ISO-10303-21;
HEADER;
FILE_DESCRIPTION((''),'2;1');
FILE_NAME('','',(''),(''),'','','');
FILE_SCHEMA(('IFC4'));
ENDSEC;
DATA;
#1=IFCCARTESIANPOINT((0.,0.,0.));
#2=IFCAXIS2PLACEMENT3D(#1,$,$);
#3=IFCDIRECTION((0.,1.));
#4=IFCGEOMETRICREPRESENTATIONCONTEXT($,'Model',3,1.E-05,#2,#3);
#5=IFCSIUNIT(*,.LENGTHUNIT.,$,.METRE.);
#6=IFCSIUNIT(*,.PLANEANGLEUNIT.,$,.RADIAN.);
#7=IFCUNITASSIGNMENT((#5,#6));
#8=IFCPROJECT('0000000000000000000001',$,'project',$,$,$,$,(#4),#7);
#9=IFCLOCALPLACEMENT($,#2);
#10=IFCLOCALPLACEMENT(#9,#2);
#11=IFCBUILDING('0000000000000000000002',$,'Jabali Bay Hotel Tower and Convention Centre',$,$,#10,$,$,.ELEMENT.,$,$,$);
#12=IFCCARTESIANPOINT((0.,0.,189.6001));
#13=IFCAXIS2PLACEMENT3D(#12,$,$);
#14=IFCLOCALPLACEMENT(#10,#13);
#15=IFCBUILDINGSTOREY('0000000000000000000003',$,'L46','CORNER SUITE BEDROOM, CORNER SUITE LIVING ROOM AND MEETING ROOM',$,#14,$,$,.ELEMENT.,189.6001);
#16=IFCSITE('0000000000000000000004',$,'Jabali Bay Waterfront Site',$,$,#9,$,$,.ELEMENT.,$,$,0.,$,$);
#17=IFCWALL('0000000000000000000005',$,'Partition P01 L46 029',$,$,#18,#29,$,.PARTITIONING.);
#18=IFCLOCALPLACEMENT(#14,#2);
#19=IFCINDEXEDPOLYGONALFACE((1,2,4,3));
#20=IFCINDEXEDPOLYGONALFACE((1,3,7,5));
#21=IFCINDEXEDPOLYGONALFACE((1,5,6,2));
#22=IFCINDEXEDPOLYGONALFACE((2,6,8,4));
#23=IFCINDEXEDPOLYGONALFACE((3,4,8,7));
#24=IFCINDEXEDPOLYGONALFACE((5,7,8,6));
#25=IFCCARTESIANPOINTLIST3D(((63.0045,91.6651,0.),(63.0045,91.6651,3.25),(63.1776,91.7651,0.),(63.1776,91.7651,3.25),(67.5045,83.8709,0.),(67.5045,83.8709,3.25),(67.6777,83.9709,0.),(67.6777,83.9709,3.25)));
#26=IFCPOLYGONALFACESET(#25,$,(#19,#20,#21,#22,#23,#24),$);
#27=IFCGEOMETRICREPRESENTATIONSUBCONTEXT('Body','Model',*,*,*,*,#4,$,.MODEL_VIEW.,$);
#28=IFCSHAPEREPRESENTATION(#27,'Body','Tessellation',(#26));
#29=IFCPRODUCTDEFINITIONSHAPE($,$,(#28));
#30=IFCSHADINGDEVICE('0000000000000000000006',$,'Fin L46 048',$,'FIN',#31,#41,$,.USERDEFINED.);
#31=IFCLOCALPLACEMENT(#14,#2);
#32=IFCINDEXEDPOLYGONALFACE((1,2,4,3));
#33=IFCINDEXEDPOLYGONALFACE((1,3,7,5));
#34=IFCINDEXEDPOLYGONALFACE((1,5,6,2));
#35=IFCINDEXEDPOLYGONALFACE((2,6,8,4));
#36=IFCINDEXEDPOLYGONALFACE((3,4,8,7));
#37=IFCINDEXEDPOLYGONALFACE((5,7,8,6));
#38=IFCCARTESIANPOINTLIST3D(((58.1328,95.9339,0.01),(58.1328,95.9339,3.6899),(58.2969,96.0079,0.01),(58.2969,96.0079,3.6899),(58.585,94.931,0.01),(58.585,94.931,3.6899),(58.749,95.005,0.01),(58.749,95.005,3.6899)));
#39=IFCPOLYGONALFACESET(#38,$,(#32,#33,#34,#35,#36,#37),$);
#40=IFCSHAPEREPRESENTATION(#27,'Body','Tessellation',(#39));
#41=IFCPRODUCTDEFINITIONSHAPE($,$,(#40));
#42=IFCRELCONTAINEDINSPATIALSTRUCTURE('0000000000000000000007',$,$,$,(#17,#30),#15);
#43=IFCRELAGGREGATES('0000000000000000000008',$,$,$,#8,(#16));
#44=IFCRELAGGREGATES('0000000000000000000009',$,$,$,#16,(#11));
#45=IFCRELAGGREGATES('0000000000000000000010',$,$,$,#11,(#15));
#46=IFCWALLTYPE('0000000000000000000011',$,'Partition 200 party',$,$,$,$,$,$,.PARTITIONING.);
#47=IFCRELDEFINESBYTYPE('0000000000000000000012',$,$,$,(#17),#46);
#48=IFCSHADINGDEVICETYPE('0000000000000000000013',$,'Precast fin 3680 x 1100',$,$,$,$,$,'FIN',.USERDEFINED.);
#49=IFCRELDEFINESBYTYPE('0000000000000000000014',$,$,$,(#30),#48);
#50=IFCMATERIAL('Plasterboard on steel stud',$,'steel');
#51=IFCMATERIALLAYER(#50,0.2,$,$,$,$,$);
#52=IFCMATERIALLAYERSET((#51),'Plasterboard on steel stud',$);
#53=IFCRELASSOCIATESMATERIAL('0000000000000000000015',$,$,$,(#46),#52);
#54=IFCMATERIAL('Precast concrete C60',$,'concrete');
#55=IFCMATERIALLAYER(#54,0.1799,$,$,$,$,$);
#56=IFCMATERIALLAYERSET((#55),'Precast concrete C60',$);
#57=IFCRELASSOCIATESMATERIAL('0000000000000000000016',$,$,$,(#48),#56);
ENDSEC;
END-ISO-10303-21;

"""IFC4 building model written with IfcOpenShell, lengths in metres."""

from ifc_helpers import new_model, si_unit, direction, frame, frame_2d, origin, place, context, subcontext, project, spatial, rectangle, extrude, material, layer, layer_set, type_object, element, save


model = new_model("IFC4")

# Units and contexts
model_context = context("Model", 3, precision=1e-05, world=origin(), true_north=direction((0.0, 1.0)))
body_context = subcontext(model_context, "Body", "Model", "MODEL_VIEW")
ifc_project = project(units=[si_unit("LENGTHUNIT", "METRE"), si_unit("PLANEANGLEUNIT", "RADIAN")], contexts=[model_context])

# Site, building, storey
site_placement = place(None, origin())
site = spatial("IfcSite", under=ifc_project, at=site_placement, Name="Jabali Bay Waterfront Site", CompositionType="ELEMENT", RefElevation=0.0)
building_placement = place(site_placement, origin())
building = spatial("IfcBuilding", under=site, at=building_placement, Name="Jabali Bay Hotel Tower and Convention Centre", CompositionType="ELEMENT")
storey_placement = place(building_placement, frame((0.0, 0.0, 189.6001)))
storey = spatial("IfcBuildingStorey", under=building, at=storey_placement, Name="L46", Description="CORNER SUITE BEDROOM, CORNER SUITE LIVING ROOM AND MEETING ROOM", CompositionType="ELEMENT", Elevation=189.6001)

# Shared definitions
ifc_material_1 = material(Name="Plasterboard on steel stud", Category="steel")

# Wall
ifc_layer_1 = layer(ifc_material_1, 0.2)
ifc_layer_set_1 = layer_set([ifc_layer_1], Name="Plasterboard on steel stud")
wall_type_1 = type_object("IfcWallType", Name="Partition 200 party", PredefinedType="PARTITIONING", material=ifc_layer_set_1)
wall_1_placement = place(storey_placement, frame((63.0911, 91.7151, 0.0), z_axis=(0.0, 0.0, 1.0), x_axis=(0.500002, -0.866024, 0.0)))
element("IfcWall", 1, at=wall_1_placement, inside=storey, type_object=wall_type_1, Name="Partition P01 L46 029", PredefinedType="PARTITIONING", context=body_context, shape_type="SweptSolid", body=[
    extrude(rectangle(XDim=9.0, YDim=0.2, at=frame_2d((4.5, 0.0))), origin(), (0.0, 0.0, 1.0), 3.25),
])

# Shading device
ifc_material_2 = material(Name="Precast concrete C60", Category="concrete")
ifc_layer_2 = layer(ifc_material_2, 0.1799)
ifc_layer_set_2 = layer_set([ifc_layer_2], Name="Precast concrete C60")
shading_device_type = type_object("IfcShadingDeviceType", Name="Precast fin 3680 x 1100", ElementType="FIN", PredefinedType="USERDEFINED", material=ifc_layer_set_2)
shading_device_placement = place(storey_placement, frame((58.667, 94.968, 0.01), z_axis=(0.0, 0.0, 1.0), x_axis=(-0.410992, 0.911639, 0.0)))
element("IfcShadingDevice", 2, at=shading_device_placement, inside=storey, type_object=shading_device_type, Name="Fin L46 048", ObjectType="FIN", PredefinedType="USERDEFINED", context=body_context, shape_type="SweptSolid", body=[
    extrude(rectangle(XDim=1.1001, YDim=0.1799, at=frame_2d((0.55, 0.0))), origin(), (0.0, 0.0, 1.0), 3.6799),
])

save(model, "model.ifc")
